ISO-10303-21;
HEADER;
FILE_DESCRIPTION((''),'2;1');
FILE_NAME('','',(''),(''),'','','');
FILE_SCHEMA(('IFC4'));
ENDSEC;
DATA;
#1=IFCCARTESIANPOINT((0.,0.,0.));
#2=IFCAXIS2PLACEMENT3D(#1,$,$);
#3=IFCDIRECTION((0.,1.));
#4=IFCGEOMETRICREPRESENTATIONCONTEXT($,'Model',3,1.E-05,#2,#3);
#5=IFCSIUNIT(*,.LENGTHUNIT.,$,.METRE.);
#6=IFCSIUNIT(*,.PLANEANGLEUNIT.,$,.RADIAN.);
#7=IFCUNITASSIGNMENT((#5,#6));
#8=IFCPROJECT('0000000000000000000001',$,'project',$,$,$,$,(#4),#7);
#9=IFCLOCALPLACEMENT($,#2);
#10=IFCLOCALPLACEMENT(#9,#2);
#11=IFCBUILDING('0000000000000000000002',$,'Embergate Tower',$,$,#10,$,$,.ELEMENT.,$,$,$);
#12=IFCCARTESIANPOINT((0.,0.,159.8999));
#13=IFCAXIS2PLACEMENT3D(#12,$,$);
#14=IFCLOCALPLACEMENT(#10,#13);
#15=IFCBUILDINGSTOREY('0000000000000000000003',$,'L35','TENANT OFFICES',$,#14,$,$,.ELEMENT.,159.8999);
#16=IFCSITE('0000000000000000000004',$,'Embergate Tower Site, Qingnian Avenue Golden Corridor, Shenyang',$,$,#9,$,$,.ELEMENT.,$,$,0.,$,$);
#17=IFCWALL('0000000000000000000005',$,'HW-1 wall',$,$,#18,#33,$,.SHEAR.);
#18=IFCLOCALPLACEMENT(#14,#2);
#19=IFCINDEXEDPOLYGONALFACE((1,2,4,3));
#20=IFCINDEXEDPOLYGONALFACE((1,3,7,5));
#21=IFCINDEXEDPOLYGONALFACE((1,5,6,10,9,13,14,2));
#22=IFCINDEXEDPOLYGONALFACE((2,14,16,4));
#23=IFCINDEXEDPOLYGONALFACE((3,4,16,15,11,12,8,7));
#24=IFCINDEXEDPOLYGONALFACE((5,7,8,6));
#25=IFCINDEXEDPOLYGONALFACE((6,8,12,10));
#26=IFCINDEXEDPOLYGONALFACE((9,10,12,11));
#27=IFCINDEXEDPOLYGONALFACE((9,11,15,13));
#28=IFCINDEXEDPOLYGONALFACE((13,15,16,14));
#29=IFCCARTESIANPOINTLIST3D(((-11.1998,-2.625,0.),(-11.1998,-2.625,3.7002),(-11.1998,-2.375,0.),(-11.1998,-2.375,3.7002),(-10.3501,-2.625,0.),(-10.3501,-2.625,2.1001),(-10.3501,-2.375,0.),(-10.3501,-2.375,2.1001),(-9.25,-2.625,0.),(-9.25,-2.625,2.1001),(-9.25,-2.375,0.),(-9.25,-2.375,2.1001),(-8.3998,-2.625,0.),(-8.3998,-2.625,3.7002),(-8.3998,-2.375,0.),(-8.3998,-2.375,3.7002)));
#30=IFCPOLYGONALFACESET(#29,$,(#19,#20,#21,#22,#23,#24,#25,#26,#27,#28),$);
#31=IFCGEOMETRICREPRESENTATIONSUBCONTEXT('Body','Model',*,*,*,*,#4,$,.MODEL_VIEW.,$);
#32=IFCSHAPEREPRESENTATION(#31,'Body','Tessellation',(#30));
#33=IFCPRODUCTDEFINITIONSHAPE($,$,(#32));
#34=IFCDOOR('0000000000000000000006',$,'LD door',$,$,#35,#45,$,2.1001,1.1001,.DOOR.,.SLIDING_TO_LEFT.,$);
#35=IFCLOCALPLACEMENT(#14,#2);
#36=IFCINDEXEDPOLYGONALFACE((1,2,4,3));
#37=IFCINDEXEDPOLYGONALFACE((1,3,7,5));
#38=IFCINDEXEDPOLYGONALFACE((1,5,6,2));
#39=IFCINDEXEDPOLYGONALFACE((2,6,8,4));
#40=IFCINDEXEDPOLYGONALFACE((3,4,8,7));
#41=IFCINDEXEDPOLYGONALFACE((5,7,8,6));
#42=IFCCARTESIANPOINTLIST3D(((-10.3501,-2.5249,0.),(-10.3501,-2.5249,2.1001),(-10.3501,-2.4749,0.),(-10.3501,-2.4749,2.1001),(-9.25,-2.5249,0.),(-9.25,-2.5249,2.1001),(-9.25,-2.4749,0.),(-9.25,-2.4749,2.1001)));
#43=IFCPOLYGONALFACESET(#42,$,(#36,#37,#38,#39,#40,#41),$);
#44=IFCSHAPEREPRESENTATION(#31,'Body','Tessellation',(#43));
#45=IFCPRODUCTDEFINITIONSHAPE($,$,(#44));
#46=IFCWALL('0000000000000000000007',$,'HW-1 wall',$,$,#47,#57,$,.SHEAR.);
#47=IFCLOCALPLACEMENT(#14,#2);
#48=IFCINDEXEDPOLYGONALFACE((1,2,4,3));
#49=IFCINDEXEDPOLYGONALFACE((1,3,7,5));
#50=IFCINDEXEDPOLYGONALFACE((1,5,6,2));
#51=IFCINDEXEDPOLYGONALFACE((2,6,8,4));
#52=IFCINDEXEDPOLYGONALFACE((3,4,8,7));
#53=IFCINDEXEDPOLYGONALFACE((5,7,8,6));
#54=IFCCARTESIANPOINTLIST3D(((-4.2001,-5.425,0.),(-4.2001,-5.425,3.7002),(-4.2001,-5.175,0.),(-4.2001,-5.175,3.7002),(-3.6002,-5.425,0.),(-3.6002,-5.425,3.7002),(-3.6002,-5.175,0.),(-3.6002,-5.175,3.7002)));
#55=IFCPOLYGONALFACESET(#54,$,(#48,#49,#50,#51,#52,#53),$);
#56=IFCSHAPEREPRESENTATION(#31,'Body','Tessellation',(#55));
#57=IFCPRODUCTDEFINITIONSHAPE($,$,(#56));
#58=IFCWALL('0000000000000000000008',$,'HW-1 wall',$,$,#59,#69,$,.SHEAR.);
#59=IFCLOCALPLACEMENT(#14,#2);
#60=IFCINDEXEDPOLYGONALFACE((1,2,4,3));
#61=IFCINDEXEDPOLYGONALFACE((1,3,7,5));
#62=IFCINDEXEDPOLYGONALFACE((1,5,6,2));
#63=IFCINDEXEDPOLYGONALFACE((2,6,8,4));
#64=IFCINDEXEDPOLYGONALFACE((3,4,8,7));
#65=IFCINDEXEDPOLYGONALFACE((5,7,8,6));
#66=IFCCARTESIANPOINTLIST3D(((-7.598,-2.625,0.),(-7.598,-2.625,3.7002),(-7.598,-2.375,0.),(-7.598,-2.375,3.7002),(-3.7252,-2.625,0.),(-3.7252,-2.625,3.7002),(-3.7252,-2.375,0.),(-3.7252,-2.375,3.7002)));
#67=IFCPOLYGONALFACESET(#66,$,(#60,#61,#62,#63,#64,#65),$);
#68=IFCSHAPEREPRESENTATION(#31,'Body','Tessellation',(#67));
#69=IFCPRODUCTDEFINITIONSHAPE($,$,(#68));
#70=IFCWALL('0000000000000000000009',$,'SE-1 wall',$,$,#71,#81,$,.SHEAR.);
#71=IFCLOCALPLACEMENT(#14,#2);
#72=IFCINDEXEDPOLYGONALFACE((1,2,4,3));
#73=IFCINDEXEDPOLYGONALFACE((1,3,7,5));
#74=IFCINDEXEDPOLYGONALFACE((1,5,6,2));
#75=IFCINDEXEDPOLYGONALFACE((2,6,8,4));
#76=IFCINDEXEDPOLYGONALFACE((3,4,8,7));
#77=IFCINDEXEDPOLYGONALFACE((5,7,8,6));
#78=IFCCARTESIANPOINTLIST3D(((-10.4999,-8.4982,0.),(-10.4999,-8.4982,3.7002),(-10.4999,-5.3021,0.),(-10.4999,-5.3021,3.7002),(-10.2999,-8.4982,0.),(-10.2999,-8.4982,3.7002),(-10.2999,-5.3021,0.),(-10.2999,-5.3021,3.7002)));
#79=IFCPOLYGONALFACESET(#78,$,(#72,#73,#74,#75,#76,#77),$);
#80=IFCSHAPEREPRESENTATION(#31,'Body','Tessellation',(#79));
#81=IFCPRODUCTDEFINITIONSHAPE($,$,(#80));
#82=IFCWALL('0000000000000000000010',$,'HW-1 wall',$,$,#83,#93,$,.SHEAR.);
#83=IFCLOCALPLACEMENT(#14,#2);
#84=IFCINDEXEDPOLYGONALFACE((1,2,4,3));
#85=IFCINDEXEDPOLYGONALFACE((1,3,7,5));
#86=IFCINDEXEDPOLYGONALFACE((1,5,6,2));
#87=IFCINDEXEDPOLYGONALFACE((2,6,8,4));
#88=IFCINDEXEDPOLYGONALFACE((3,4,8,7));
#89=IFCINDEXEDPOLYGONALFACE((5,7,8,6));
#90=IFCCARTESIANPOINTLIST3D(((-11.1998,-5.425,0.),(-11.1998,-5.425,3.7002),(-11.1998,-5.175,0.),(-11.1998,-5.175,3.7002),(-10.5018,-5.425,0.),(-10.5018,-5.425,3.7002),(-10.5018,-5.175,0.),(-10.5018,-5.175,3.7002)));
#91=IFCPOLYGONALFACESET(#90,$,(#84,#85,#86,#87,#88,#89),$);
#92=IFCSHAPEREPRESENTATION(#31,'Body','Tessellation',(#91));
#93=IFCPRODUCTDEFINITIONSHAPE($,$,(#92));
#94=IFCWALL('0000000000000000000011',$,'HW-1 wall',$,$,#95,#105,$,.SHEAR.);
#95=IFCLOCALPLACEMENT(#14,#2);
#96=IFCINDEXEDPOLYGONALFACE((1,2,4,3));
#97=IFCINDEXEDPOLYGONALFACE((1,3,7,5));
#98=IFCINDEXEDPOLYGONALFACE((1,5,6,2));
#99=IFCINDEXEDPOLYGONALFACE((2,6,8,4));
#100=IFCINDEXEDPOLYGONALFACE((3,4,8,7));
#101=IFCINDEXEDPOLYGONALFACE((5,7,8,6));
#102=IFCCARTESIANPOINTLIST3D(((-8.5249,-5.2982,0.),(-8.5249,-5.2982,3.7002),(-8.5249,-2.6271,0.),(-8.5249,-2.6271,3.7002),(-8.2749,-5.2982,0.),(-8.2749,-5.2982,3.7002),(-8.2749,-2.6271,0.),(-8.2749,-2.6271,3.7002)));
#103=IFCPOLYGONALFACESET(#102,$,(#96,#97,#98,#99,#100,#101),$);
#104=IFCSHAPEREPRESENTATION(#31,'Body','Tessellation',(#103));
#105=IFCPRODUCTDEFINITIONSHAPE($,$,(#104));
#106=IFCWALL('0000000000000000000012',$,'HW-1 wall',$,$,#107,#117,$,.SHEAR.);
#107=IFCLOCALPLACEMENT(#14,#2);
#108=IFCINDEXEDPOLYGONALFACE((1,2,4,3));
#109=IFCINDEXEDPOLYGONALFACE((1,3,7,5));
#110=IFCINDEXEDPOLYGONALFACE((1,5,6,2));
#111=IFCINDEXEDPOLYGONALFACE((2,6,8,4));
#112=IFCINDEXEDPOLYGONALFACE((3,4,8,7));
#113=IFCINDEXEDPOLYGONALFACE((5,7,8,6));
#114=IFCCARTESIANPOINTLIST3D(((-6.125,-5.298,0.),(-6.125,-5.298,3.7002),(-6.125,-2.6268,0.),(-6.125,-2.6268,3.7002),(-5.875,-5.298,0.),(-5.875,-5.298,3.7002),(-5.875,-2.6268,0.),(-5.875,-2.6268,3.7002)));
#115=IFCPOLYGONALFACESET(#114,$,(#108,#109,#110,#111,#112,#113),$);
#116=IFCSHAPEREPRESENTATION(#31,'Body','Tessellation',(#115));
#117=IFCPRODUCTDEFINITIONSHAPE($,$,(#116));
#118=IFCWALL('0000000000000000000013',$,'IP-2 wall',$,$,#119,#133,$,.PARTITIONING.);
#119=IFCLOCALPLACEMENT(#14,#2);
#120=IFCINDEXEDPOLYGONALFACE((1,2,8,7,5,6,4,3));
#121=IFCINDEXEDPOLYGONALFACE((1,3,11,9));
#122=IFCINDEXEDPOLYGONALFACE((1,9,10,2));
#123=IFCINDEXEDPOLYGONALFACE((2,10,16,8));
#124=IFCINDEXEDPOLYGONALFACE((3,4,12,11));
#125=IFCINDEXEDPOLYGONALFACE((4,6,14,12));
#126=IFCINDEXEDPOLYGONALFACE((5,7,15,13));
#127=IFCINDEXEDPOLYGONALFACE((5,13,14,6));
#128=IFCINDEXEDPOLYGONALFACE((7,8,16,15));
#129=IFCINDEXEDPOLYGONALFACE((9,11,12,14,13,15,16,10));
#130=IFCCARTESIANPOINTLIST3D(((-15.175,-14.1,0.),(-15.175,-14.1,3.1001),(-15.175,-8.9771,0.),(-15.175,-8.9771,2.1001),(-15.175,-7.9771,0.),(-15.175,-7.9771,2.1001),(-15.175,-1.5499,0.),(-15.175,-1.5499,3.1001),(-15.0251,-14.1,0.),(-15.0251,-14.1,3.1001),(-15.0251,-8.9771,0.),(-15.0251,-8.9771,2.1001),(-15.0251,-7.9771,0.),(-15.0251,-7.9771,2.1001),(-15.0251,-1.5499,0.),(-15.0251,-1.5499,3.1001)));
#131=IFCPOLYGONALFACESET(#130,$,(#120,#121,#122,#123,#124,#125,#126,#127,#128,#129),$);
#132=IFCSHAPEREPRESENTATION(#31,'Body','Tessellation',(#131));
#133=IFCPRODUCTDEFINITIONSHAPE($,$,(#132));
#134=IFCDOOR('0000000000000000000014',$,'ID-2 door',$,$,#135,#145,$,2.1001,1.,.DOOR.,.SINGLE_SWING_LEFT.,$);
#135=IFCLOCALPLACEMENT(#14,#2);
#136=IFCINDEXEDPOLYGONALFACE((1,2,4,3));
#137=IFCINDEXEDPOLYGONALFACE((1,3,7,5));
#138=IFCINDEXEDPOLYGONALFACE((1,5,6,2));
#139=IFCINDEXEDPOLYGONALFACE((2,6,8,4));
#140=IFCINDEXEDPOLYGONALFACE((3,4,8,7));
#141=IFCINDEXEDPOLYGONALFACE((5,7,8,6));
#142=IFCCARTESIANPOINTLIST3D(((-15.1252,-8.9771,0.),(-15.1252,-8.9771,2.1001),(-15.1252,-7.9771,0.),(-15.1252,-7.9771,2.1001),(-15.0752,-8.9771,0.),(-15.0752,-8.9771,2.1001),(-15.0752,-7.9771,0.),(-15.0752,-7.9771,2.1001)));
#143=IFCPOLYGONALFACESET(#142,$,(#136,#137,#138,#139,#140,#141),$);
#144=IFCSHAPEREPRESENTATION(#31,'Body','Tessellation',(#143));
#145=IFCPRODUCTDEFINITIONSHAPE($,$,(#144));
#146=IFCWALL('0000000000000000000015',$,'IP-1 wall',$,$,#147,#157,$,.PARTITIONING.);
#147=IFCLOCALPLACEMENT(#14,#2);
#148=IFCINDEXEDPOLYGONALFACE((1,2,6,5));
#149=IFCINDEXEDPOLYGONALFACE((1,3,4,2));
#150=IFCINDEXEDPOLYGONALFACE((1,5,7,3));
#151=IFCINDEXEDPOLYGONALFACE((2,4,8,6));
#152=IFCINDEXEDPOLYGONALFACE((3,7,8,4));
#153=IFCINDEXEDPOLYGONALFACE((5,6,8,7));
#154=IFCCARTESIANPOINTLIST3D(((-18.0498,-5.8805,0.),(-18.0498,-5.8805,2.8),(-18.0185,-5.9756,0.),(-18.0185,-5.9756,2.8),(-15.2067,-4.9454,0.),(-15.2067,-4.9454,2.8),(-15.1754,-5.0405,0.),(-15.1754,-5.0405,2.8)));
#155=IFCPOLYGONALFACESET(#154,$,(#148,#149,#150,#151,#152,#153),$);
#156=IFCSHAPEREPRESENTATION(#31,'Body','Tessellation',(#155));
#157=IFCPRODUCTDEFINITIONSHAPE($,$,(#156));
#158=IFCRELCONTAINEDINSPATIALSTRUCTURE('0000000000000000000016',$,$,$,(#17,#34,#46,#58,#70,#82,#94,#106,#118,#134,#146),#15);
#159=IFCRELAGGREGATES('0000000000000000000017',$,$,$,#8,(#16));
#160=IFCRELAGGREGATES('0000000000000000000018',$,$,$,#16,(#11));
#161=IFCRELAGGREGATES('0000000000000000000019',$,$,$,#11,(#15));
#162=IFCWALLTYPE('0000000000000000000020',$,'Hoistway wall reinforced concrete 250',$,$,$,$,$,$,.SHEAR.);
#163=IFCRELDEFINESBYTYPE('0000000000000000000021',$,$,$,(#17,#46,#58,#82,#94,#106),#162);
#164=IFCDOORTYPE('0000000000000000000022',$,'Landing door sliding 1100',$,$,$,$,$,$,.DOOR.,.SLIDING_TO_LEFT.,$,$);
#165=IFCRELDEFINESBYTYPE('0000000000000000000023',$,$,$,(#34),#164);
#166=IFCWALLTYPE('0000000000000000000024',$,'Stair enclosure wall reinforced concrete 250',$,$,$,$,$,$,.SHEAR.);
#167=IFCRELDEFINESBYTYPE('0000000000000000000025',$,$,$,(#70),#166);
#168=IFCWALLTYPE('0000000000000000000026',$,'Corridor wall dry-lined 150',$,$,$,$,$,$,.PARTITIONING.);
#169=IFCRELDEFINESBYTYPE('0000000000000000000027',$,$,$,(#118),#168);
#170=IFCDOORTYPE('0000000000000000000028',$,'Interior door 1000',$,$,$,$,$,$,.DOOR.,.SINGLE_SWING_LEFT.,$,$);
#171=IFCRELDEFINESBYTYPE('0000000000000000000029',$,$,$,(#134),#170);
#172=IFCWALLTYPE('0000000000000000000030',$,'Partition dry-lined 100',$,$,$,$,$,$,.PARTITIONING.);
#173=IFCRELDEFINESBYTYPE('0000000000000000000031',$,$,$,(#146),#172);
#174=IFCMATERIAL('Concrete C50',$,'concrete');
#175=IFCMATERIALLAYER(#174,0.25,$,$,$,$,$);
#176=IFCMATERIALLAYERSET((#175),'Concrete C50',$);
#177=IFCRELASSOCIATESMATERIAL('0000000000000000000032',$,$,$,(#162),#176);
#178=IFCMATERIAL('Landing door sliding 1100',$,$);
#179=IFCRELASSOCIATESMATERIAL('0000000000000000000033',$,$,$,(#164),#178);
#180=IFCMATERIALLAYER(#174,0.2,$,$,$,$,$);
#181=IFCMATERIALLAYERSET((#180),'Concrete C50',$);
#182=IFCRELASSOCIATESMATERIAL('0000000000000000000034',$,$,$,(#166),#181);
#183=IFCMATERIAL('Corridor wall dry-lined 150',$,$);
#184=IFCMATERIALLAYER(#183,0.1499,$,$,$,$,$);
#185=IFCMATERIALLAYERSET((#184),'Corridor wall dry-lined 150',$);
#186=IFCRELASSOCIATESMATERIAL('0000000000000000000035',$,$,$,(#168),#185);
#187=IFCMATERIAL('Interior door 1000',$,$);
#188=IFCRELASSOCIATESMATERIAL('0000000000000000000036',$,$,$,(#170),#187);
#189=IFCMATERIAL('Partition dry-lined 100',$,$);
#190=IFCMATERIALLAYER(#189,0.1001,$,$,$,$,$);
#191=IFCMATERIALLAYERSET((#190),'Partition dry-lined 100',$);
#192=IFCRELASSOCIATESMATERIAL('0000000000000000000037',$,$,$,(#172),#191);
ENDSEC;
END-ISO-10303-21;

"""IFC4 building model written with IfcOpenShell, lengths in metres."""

from ifc_helpers import new_model, si_unit, direction, frame, frame_2d, origin, place, context, subcontext, project, spatial, rectangle, extrude, source, transform, mapped, material, layer, layer_set, type_object, element, fill, save


model = new_model("IFC4")

# Units and contexts
model_context = context("Model", 3, precision=1e-05, world=origin(), true_north=direction((0.0, 1.0)))
body_context = subcontext(model_context, "Body", "Model", "MODEL_VIEW")
ifc_project = project(units=[si_unit("LENGTHUNIT", "METRE"), si_unit("PLANEANGLEUNIT", "RADIAN")], contexts=[model_context])

# Site, building, storey
site_placement = place(None, origin())
site = spatial("IfcSite", under=ifc_project, at=site_placement, Name="Embergate Tower Site, Qingnian Avenue Golden Corridor, Shenyang", CompositionType="ELEMENT", RefElevation=0.0)
building_placement = place(site_placement, origin())
building = spatial("IfcBuilding", under=site, at=building_placement, Name="Embergate Tower", CompositionType="ELEMENT")
storey_placement = place(building_placement, frame((0.0, 0.0, 159.8999)))
storey = spatial("IfcBuildingStorey", under=building, at=storey_placement, Name="L35", Description="TENANT OFFICES", CompositionType="ELEMENT", Elevation=159.8999)

# Shared definitions
ifc_material_1 = material(Name="Concrete C50", Category="concrete")
ifc_layer_1 = layer(ifc_material_1, 0.25)
ifc_layer_set_1 = layer_set([ifc_layer_1], Name="Concrete C50")
wall_type_1 = type_object("IfcWallType", Name="Hoistway wall reinforced concrete 250", PredefinedType="SHEAR", material=ifc_layer_set_1)

# Wall, opening, door
shared_shape_1 = source(origin(), body_context, "Body", "SweptSolid", [
    extrude(rectangle(XDim=2.8, YDim=0.25, at=frame_2d((1.3999, 0.0))), origin(), (0.0, 0.0, 1.0), 3.7002),
])
wall_1_placement = place(storey_placement, frame((-8.3999, -2.5, 0.0), z_axis=(0.0, 0.0, 1.0), x_axis=(-1.0, 0.0, 0.0)))
wall_1 = element("IfcWall", 1, at=wall_1_placement, inside=storey, type_object=wall_type_1, Name="HW-1 wall", PredefinedType="SHEAR", context=body_context, shape_type="MappedRepresentation", body=[
    mapped(shared_shape_1, transform((0.0, 0.0, 0.0))),
])
shared_shape_2 = source(origin(), body_context, "Body", "SweptSolid", [
    extrude(rectangle(XDim=1.1001, YDim=2.1001, at=frame_2d((0.55, 1.05))), frame((0.0, 0.135, 0.0), z_axis=(0.0, -1.0, 0.0), x_axis=(1.0, 0.0, 0.0)), (0.0, 0.0, 1.0), 0.27),
])
opening_1_placement = place(wall_1_placement, frame((0.8501, 0.0, 0.0)))
opening_1 = element("IfcOpeningElement", 2, at=opening_1_placement, cuts=wall_1, PredefinedType="OPENING", context=body_context, shape_type="MappedRepresentation", body=[
    mapped(shared_shape_2, transform((0.0, 0.0, 0.0))),
])
ifc_material_2 = material(Name="Landing door sliding 1100")
door_type_1 = type_object("IfcDoorType", Name="Landing door sliding 1100", OperationType="SLIDING_TO_LEFT", PredefinedType="DOOR", material=ifc_material_2)
shared_shape_3 = source(origin(), body_context, "Body", "SweptSolid", [
    extrude(rectangle(XDim=1.1001, YDim=2.1001, at=frame_2d((0.55, 1.05))), frame((0.0, 0.0249, 0.0), z_axis=(0.0, -1.0, 0.0), x_axis=(1.0, 0.0, 0.0)), (0.0, 0.0, 1.0), 0.05),
])
door_1_placement = place(opening_1_placement, origin())
door_1 = element("IfcDoor", 3, at=door_1_placement, inside=storey, type_object=door_type_1, Name="LD door", OperationType="SLIDING_TO_LEFT", OverallHeight=2.1001, OverallWidth=1.1001, PredefinedType="DOOR", context=body_context, shape_type="MappedRepresentation", body=[
    mapped(shared_shape_3, transform((0.0, 0.0, 0.0))),
])
fill(opening_1, door_1)

# Walls
shared_shape_4 = source(origin(), body_context, "Body", "SweptSolid", [
    extrude(rectangle(XDim=0.5999, YDim=0.25, at=frame_2d((0.2998, 0.0))), origin(), (0.0, 0.0, 1.0), 3.7002),
])
wall_2_placement = place(storey_placement, frame((-4.2, -5.3, 0.0), z_axis=(0.0, 0.0, 1.0), x_axis=(1.0, 0.0, 0.0)))
element("IfcWall", 4, at=wall_2_placement, inside=storey, type_object=wall_type_1, Name="HW-1 wall", PredefinedType="SHEAR", context=body_context, shape_type="MappedRepresentation", body=[
    mapped(shared_shape_4, transform((0.0, 0.0, 0.0))),
])
shared_shape_5 = source(origin(), body_context, "Body", "SweptSolid", [
    extrude(rectangle(XDim=3.8728, YDim=0.25, at=frame_2d((1.9365, 0.0))), origin(), (0.0, 0.0, 1.0), 3.7002),
])
wall_3_placement = place(storey_placement, frame((-3.7251, -2.5, 0.0), z_axis=(0.0, 0.0, 1.0), x_axis=(-1.0, 0.0, 0.0)))
element("IfcWall", 5, at=wall_3_placement, inside=storey, type_object=wall_type_1, Name="HW-1 wall", PredefinedType="SHEAR", context=body_context, shape_type="MappedRepresentation", body=[
    mapped(shared_shape_5, transform((0.0, 0.0, 0.0))),
])
ifc_layer_2 = layer(ifc_material_1, 0.2)
ifc_layer_set_2 = layer_set([ifc_layer_2], Name="Concrete C50")
wall_type_2 = type_object("IfcWallType", Name="Stair enclosure wall reinforced concrete 250", PredefinedType="SHEAR", material=ifc_layer_set_2)
shared_shape_6 = source(origin(), body_context, "Body", "SweptSolid", [
    extrude(rectangle(XDim=3.196, YDim=0.2, at=frame_2d((1.5981, 0.0))), origin(), (0.0, 0.0, 1.0), 3.7002),
])
wall_4_placement = place(storey_placement, frame((-10.3999, -5.302, 0.0), z_axis=(0.0, 0.0, 1.0), x_axis=(0.0, -1.0, 0.0)))
element("IfcWall", 6, at=wall_4_placement, inside=storey, type_object=wall_type_2, Name="SE-1 wall", PredefinedType="SHEAR", context=body_context, shape_type="MappedRepresentation", body=[
    mapped(shared_shape_6, transform((0.0, 0.0, 0.0))),
])
shared_shape_7 = source(origin(), body_context, "Body", "SweptSolid", [
    extrude(rectangle(XDim=0.698, YDim=0.25, at=frame_2d((0.3491, 0.0))), origin(), (0.0, 0.0, 1.0), 3.7002),
])
wall_5_placement = place(storey_placement, frame((-11.2, -5.3, 0.0), z_axis=(0.0, 0.0, 1.0), x_axis=(1.0, 0.0, 0.0)))
element("IfcWall", 7, at=wall_5_placement, inside=storey, type_object=wall_type_1, Name="HW-1 wall", PredefinedType="SHEAR", context=body_context, shape_type="MappedRepresentation", body=[
    mapped(shared_shape_7, transform((0.0, 0.0, 0.0))),
])
shared_shape_8 = source(origin(), body_context, "Body", "SweptSolid", [
    extrude(rectangle(XDim=2.6711, YDim=0.25, at=frame_2d((1.3354, 0.0))), origin(), (0.0, 0.0, 1.0), 3.7002),
])
for number, where, z_axis, x_axis, name in (
    (8, (-8.3999, -5.2981, 0.0), (0.0, 0.0, 1.0), (0.0, 1.0, 0.0), "HW-1 wall"),
    (9, (-6.0, -2.627, 0.0), (0.0, 0.0, 1.0), (0.0, -1.0, 0.0), "HW-1 wall"),
):
    element("IfcWall", number, at=place(storey_placement, frame(where, z_axis=z_axis, x_axis=x_axis)), inside=storey, type_object=wall_type_1, Name=name, PredefinedType="SHEAR", context=body_context, shape_type="MappedRepresentation", body=[
        mapped(shared_shape_8, transform((0.0, 0.0, 0.0))),
    ])

# Wall, opening, door
ifc_material_3 = material(Name="Corridor wall dry-lined 150")
ifc_layer_3 = layer(ifc_material_3, 0.1499)
ifc_layer_set_3 = layer_set([ifc_layer_3], Name="Corridor wall dry-lined 150")
wall_type_3 = type_object("IfcWallType", Name="Corridor wall dry-lined 150", PredefinedType="PARTITIONING", material=ifc_layer_set_3)
shared_shape_9 = source(origin(), body_context, "Body", "SweptSolid", [
    extrude(rectangle(XDim=12.55, YDim=0.1499, at=frame_2d((6.2749, 0.0))), origin(), (0.0, 0.0, 1.0), 3.1001),
])
wall_6_placement = place(storey_placement, frame((-15.1001, -1.55, 0.0), z_axis=(0.0, 0.0, 1.0), x_axis=(0.0, -1.0, 0.0)))
wall_6 = element("IfcWall", 10, at=wall_6_placement, inside=storey, type_object=wall_type_3, Name="IP-2 wall", PredefinedType="PARTITIONING", context=body_context, shape_type="MappedRepresentation", body=[
    mapped(shared_shape_9, transform((0.0, 0.0, 0.0))),
])
shared_shape_10 = source(origin(), body_context, "Body", "SweptSolid", [
    extrude(rectangle(XDim=1.0, YDim=2.1001, at=frame_2d((0.5, 1.05))), frame((0.0, 0.085, 0.0), z_axis=(0.0, -1.0, 0.0), x_axis=(1.0, 0.0, 0.0)), (0.0, 0.0, 1.0), 0.1699),
])
opening_2_placement = place(wall_6_placement, frame((6.427, 0.0, 0.0)))
opening_2 = element("IfcOpeningElement", 11, at=opening_2_placement, cuts=wall_6, PredefinedType="OPENING", context=body_context, shape_type="MappedRepresentation", body=[
    mapped(shared_shape_10, transform((0.0, 0.0, 0.0))),
])
ifc_material_4 = material(Name="Interior door 1000")
door_type_2 = type_object("IfcDoorType", Name="Interior door 1000", OperationType="SINGLE_SWING_LEFT", PredefinedType="DOOR", material=ifc_material_4)
shared_shape_11 = source(origin(), body_context, "Body", "SweptSolid", [
    extrude(rectangle(XDim=1.0, YDim=2.1001, at=frame_2d((0.5, 1.05))), frame((0.0, 0.0249, 0.0), z_axis=(0.0, -1.0, 0.0), x_axis=(1.0, 0.0, 0.0)), (0.0, 0.0, 1.0), 0.05),
])
door_2_placement = place(opening_2_placement, origin())
door_2 = element("IfcDoor", 12, at=door_2_placement, inside=storey, type_object=door_type_2, Name="ID-2 door", OperationType="SINGLE_SWING_LEFT", OverallHeight=2.1001, OverallWidth=1.0, PredefinedType="DOOR", context=body_context, shape_type="MappedRepresentation", body=[
    mapped(shared_shape_11, transform((0.0, 0.0, 0.0))),
])
fill(opening_2, door_2)

# Wall
ifc_material_5 = material(Name="Partition dry-lined 100")
ifc_layer_4 = layer(ifc_material_5, 0.1001)
ifc_layer_set_4 = layer_set([ifc_layer_4], Name="Partition dry-lined 100")
wall_type_4 = type_object("IfcWallType", Name="Partition dry-lined 100", PredefinedType="PARTITIONING", material=ifc_layer_set_4)
shared_shape_12 = source(origin(), body_context, "Body", "SweptSolid", [
    extrude(rectangle(XDim=2.9929, YDim=0.1001, at=frame_2d((1.4966, 0.0))), origin(), (0.0, 0.0, 1.0), 2.8),
])
wall_7_placement = place(storey_placement, frame((-15.1909, -4.9929, 0.0), z_axis=(0.0, 0.0, 1.0), x_axis=(-0.94994, -0.312432, 0.0)))
element("IfcWall", 13, at=wall_7_placement, inside=storey, type_object=wall_type_4, Name="IP-1 wall", PredefinedType="PARTITIONING", context=body_context, shape_type="MappedRepresentation", body=[
    mapped(shared_shape_12, transform((0.0, 0.0, 0.0))),
])

save(model, "model.ifc")
